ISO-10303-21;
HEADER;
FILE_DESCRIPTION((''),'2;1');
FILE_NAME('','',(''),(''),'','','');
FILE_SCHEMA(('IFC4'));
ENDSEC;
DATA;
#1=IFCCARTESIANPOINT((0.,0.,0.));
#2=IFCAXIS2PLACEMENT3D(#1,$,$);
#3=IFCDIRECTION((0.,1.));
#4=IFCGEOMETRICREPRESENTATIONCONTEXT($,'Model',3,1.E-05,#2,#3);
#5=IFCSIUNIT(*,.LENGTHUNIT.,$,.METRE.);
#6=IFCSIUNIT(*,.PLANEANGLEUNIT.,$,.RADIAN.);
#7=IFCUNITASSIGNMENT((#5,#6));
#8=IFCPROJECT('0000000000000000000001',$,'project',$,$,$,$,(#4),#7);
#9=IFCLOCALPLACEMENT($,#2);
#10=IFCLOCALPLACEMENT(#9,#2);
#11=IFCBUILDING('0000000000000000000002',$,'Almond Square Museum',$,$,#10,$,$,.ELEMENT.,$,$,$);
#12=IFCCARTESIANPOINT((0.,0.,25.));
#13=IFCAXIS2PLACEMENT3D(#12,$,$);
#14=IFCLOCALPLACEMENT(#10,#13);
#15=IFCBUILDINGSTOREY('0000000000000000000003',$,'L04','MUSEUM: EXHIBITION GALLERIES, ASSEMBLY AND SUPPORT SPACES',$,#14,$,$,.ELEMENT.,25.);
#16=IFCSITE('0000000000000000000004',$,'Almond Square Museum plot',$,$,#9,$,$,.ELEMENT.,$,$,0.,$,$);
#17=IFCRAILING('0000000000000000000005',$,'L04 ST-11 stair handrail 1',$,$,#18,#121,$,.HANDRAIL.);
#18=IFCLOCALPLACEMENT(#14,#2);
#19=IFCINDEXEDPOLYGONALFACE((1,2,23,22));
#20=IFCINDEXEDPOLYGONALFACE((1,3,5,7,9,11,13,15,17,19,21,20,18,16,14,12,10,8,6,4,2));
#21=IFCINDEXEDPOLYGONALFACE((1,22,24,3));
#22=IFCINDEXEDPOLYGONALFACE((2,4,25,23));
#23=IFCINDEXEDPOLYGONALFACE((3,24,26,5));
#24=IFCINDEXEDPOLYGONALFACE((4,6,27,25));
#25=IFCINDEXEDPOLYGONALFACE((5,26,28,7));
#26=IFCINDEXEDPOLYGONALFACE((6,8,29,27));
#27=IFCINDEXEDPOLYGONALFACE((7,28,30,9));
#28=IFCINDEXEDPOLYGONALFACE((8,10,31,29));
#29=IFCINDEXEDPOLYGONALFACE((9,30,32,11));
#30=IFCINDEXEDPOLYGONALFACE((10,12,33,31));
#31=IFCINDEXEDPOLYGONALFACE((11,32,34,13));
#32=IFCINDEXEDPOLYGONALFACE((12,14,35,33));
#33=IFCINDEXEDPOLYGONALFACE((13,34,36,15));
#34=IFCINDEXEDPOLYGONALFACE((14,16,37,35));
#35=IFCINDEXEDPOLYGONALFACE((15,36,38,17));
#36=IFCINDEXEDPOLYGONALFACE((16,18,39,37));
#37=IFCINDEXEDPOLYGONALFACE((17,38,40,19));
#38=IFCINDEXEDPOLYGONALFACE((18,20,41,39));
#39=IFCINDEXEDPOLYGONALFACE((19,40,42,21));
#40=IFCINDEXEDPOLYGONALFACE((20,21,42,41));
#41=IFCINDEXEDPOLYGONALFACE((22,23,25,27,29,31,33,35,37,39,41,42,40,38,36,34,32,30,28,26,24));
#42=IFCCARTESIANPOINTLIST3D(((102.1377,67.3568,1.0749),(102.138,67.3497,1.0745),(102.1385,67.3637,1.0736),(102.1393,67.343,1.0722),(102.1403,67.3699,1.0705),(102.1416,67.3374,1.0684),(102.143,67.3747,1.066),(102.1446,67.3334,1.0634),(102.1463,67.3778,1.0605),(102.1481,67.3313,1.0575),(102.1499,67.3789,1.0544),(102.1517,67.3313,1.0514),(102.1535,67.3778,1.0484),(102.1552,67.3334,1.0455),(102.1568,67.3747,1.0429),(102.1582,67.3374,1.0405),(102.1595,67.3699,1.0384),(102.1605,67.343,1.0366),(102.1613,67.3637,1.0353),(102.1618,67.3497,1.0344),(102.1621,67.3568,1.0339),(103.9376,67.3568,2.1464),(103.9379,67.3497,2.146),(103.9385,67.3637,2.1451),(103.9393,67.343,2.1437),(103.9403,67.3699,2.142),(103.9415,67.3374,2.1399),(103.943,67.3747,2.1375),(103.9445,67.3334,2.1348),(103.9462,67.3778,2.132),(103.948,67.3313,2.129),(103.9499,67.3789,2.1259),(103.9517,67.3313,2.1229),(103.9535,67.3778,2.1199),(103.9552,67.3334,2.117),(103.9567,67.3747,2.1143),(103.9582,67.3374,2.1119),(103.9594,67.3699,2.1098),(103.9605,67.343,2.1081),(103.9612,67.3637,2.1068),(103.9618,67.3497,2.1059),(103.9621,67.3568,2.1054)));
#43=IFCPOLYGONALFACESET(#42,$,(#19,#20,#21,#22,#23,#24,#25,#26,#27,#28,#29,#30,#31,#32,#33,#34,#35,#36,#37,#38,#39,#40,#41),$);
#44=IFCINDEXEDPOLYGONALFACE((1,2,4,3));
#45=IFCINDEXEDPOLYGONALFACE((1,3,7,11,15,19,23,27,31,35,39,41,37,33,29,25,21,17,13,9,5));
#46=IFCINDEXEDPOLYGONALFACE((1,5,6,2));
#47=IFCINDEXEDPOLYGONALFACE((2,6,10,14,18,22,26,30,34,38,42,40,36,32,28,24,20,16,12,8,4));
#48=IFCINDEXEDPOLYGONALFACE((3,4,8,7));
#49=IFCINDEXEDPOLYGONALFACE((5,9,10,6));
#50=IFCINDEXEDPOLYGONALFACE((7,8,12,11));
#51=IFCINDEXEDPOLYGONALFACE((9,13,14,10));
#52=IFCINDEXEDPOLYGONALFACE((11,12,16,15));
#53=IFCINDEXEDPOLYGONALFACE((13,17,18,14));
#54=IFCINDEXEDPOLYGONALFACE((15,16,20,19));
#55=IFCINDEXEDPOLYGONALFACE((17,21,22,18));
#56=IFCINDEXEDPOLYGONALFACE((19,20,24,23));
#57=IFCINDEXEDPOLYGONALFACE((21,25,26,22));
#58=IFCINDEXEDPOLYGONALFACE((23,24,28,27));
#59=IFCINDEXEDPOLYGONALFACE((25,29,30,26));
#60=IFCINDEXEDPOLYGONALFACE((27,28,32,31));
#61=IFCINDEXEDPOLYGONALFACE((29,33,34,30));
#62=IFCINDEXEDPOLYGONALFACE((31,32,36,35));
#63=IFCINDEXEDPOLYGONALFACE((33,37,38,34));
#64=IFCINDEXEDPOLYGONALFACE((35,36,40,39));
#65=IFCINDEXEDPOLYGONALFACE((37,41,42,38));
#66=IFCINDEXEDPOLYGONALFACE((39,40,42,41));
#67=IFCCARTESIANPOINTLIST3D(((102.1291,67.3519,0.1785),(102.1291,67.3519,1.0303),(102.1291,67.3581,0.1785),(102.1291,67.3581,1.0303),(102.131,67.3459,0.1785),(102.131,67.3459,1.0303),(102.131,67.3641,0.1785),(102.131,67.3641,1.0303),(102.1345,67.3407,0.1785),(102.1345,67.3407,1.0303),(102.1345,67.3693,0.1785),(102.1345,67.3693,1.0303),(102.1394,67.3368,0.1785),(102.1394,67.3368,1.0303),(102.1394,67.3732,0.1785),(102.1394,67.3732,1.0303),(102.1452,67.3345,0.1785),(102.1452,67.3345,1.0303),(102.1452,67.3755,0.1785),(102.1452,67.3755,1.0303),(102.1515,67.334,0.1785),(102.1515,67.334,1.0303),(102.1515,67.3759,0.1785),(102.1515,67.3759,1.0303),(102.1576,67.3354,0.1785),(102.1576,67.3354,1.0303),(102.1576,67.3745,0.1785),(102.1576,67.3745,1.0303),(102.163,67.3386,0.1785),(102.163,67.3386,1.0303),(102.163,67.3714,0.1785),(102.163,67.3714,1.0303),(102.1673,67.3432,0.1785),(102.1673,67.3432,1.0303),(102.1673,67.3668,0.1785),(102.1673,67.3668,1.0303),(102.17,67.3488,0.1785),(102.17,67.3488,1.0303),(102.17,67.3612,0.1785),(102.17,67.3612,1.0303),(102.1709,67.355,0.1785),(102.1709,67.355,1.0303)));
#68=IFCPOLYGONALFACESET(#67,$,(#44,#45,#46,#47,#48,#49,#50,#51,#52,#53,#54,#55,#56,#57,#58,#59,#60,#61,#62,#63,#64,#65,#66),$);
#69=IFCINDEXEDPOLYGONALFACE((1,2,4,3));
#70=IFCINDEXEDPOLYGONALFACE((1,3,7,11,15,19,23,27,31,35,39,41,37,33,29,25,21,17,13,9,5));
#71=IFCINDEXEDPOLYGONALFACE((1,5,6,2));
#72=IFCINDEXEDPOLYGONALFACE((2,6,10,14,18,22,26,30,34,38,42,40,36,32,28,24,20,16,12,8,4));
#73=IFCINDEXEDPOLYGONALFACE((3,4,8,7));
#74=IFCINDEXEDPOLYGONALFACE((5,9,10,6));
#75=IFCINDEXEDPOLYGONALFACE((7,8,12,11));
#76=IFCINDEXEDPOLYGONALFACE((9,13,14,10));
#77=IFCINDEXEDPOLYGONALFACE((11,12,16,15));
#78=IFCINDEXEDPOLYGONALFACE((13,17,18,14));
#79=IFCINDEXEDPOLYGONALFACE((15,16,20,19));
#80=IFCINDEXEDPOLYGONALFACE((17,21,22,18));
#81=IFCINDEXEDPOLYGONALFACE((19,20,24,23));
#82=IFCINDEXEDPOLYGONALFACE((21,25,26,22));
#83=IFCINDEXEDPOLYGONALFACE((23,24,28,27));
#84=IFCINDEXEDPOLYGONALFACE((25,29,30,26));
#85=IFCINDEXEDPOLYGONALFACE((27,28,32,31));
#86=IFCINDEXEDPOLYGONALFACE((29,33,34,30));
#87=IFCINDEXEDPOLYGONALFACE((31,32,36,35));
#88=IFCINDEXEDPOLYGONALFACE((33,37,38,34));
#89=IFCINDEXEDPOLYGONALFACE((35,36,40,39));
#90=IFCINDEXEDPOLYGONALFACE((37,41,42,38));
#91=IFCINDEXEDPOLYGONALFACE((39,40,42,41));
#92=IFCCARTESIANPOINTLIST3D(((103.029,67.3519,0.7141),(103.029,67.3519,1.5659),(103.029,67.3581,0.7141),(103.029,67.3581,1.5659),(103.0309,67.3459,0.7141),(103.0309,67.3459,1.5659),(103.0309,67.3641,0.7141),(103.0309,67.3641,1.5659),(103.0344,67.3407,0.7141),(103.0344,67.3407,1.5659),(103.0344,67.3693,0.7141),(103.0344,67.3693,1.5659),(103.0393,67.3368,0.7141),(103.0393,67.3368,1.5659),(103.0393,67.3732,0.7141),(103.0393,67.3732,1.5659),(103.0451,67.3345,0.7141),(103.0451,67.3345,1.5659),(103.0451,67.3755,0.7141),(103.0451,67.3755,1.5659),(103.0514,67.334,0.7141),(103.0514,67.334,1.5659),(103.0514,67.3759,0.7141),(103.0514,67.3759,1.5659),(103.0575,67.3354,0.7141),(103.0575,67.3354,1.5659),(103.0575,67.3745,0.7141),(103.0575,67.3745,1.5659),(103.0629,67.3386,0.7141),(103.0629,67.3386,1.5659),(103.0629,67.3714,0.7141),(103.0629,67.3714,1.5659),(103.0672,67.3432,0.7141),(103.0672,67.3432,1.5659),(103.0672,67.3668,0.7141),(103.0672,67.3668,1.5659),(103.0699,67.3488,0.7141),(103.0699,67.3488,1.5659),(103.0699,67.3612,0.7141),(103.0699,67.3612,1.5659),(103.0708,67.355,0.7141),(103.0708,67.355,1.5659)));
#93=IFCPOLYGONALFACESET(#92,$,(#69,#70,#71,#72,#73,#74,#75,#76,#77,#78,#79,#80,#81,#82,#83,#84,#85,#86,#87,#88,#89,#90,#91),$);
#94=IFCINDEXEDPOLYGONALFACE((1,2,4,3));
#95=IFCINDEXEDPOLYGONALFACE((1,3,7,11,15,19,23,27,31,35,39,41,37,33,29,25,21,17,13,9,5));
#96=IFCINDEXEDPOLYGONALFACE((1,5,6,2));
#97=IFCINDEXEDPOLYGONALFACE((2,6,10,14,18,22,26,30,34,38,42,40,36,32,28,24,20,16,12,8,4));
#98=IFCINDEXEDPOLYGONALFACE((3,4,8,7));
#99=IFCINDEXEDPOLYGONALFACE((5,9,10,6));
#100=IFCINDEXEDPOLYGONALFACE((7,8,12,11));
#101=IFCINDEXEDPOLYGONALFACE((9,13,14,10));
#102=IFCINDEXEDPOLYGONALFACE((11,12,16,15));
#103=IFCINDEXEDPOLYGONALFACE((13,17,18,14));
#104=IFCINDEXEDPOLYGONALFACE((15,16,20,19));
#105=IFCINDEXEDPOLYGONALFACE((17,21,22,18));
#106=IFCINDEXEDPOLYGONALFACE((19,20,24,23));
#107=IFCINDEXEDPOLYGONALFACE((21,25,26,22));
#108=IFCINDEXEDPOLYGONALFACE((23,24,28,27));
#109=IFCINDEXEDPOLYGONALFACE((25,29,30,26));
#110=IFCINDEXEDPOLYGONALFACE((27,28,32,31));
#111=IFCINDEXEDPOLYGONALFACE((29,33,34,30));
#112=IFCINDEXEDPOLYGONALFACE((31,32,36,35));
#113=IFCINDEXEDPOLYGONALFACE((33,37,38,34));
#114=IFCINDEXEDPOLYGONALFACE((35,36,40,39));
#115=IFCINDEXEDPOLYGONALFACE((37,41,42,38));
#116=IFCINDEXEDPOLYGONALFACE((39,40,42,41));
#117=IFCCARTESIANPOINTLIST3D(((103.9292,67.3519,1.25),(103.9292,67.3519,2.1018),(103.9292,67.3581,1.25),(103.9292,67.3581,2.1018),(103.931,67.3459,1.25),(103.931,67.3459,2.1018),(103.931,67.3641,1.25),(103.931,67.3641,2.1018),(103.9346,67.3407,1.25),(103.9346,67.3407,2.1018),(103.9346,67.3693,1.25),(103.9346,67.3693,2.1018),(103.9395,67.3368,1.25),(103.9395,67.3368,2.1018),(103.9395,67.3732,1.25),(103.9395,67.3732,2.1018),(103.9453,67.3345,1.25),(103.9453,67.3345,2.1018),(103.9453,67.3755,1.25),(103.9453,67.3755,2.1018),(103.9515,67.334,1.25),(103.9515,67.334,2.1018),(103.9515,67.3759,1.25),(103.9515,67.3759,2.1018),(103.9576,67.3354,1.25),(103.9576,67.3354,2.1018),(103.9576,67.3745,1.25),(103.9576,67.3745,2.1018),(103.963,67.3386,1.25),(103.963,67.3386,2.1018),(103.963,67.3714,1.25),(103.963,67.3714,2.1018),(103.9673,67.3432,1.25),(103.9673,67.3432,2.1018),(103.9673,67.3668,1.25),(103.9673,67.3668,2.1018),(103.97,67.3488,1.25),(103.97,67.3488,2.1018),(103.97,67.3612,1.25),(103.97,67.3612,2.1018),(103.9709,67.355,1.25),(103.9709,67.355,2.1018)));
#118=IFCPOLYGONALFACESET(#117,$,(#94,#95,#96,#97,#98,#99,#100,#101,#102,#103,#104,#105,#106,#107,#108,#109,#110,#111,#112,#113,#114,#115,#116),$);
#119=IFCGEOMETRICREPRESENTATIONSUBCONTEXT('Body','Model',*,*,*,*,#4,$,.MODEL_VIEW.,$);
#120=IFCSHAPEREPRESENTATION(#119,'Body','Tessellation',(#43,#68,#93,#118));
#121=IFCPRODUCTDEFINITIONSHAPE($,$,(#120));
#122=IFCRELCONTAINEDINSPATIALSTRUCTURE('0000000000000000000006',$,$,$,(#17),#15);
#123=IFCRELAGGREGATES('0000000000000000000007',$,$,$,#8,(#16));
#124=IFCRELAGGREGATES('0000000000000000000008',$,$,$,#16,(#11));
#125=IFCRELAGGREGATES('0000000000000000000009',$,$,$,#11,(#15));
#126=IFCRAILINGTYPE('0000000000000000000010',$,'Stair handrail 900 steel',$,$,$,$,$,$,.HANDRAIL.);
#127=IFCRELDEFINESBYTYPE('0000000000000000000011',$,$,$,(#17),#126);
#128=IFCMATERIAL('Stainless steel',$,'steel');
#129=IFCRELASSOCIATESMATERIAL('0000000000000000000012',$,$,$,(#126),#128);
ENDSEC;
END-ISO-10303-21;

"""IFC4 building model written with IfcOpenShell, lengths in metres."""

from ifc_helpers import new_model, si_unit, direction, frame, origin, origin_2d, place, context, subcontext, project, spatial, circle, extrude, material, type_object, element, save


model = new_model("IFC4")

# Units and contexts
model_context = context("Model", 3, precision=1e-05, world=origin(), true_north=direction((0.0, 1.0)))
body_context = subcontext(model_context, "Body", "Model", "MODEL_VIEW")
ifc_project = project(units=[si_unit("LENGTHUNIT", "METRE"), si_unit("PLANEANGLEUNIT", "RADIAN")], contexts=[model_context])

# Site, building, storey
site_placement = place(None, origin())
site = spatial("IfcSite", under=ifc_project, at=site_placement, Name="Almond Square Museum plot", CompositionType="ELEMENT", RefElevation=0.0)
building_placement = place(site_placement, origin())
building = spatial("IfcBuilding", under=site, at=building_placement, Name="Almond Square Museum", CompositionType="ELEMENT")
storey_placement = place(building_placement, frame((0.0, 0.0, 25.0)))
storey = spatial("IfcBuildingStorey", under=building, at=storey_placement, Name="L04", Description="MUSEUM: EXHIBITION GALLERIES, ASSEMBLY AND SUPPORT SPACES", CompositionType="ELEMENT", Elevation=25.0)

# Railing
ifc_material_1 = material(Name="Stainless steel", Category="steel")
railing_type_1 = type_object("IfcRailingType", Name="Stair handrail 900 steel", PredefinedType="HANDRAIL", material=ifc_material_1)
railing_1_placement = place(storey_placement, frame((102.1499, 67.355, 0.1785)))
element("IfcRailing", 1, at=railing_1_placement, inside=storey, type_object=railing_type_1, Name="L04 ST-11 stair handrail 1", PredefinedType="HANDRAIL", context=body_context, shape_type="SweptSolid", body=[
    extrude(circle(Radius=0.0239, at=origin_2d()), frame((0.0, 0.0, 0.876), z_axis=(0.859277, 0.0, 0.51151), x_axis=(0.0, 1.0, 0.0)), (0.0, 0.0, 1.0), 2.0947),
    extrude(circle(Radius=0.021, at=origin_2d()), origin(), (0.0, 0.0, 1.0), 0.8518),
    extrude(circle(Radius=0.021, at=origin_2d()), frame((0.8999, 0.0, 0.5356)), (0.0, 0.0, 1.0), 0.8518),
    extrude(circle(Radius=0.021, at=origin_2d()), frame((1.8, 0.0, 1.0715)), (0.0, 0.0, 1.0), 0.8518),
])

save(model, "model.ifc")
